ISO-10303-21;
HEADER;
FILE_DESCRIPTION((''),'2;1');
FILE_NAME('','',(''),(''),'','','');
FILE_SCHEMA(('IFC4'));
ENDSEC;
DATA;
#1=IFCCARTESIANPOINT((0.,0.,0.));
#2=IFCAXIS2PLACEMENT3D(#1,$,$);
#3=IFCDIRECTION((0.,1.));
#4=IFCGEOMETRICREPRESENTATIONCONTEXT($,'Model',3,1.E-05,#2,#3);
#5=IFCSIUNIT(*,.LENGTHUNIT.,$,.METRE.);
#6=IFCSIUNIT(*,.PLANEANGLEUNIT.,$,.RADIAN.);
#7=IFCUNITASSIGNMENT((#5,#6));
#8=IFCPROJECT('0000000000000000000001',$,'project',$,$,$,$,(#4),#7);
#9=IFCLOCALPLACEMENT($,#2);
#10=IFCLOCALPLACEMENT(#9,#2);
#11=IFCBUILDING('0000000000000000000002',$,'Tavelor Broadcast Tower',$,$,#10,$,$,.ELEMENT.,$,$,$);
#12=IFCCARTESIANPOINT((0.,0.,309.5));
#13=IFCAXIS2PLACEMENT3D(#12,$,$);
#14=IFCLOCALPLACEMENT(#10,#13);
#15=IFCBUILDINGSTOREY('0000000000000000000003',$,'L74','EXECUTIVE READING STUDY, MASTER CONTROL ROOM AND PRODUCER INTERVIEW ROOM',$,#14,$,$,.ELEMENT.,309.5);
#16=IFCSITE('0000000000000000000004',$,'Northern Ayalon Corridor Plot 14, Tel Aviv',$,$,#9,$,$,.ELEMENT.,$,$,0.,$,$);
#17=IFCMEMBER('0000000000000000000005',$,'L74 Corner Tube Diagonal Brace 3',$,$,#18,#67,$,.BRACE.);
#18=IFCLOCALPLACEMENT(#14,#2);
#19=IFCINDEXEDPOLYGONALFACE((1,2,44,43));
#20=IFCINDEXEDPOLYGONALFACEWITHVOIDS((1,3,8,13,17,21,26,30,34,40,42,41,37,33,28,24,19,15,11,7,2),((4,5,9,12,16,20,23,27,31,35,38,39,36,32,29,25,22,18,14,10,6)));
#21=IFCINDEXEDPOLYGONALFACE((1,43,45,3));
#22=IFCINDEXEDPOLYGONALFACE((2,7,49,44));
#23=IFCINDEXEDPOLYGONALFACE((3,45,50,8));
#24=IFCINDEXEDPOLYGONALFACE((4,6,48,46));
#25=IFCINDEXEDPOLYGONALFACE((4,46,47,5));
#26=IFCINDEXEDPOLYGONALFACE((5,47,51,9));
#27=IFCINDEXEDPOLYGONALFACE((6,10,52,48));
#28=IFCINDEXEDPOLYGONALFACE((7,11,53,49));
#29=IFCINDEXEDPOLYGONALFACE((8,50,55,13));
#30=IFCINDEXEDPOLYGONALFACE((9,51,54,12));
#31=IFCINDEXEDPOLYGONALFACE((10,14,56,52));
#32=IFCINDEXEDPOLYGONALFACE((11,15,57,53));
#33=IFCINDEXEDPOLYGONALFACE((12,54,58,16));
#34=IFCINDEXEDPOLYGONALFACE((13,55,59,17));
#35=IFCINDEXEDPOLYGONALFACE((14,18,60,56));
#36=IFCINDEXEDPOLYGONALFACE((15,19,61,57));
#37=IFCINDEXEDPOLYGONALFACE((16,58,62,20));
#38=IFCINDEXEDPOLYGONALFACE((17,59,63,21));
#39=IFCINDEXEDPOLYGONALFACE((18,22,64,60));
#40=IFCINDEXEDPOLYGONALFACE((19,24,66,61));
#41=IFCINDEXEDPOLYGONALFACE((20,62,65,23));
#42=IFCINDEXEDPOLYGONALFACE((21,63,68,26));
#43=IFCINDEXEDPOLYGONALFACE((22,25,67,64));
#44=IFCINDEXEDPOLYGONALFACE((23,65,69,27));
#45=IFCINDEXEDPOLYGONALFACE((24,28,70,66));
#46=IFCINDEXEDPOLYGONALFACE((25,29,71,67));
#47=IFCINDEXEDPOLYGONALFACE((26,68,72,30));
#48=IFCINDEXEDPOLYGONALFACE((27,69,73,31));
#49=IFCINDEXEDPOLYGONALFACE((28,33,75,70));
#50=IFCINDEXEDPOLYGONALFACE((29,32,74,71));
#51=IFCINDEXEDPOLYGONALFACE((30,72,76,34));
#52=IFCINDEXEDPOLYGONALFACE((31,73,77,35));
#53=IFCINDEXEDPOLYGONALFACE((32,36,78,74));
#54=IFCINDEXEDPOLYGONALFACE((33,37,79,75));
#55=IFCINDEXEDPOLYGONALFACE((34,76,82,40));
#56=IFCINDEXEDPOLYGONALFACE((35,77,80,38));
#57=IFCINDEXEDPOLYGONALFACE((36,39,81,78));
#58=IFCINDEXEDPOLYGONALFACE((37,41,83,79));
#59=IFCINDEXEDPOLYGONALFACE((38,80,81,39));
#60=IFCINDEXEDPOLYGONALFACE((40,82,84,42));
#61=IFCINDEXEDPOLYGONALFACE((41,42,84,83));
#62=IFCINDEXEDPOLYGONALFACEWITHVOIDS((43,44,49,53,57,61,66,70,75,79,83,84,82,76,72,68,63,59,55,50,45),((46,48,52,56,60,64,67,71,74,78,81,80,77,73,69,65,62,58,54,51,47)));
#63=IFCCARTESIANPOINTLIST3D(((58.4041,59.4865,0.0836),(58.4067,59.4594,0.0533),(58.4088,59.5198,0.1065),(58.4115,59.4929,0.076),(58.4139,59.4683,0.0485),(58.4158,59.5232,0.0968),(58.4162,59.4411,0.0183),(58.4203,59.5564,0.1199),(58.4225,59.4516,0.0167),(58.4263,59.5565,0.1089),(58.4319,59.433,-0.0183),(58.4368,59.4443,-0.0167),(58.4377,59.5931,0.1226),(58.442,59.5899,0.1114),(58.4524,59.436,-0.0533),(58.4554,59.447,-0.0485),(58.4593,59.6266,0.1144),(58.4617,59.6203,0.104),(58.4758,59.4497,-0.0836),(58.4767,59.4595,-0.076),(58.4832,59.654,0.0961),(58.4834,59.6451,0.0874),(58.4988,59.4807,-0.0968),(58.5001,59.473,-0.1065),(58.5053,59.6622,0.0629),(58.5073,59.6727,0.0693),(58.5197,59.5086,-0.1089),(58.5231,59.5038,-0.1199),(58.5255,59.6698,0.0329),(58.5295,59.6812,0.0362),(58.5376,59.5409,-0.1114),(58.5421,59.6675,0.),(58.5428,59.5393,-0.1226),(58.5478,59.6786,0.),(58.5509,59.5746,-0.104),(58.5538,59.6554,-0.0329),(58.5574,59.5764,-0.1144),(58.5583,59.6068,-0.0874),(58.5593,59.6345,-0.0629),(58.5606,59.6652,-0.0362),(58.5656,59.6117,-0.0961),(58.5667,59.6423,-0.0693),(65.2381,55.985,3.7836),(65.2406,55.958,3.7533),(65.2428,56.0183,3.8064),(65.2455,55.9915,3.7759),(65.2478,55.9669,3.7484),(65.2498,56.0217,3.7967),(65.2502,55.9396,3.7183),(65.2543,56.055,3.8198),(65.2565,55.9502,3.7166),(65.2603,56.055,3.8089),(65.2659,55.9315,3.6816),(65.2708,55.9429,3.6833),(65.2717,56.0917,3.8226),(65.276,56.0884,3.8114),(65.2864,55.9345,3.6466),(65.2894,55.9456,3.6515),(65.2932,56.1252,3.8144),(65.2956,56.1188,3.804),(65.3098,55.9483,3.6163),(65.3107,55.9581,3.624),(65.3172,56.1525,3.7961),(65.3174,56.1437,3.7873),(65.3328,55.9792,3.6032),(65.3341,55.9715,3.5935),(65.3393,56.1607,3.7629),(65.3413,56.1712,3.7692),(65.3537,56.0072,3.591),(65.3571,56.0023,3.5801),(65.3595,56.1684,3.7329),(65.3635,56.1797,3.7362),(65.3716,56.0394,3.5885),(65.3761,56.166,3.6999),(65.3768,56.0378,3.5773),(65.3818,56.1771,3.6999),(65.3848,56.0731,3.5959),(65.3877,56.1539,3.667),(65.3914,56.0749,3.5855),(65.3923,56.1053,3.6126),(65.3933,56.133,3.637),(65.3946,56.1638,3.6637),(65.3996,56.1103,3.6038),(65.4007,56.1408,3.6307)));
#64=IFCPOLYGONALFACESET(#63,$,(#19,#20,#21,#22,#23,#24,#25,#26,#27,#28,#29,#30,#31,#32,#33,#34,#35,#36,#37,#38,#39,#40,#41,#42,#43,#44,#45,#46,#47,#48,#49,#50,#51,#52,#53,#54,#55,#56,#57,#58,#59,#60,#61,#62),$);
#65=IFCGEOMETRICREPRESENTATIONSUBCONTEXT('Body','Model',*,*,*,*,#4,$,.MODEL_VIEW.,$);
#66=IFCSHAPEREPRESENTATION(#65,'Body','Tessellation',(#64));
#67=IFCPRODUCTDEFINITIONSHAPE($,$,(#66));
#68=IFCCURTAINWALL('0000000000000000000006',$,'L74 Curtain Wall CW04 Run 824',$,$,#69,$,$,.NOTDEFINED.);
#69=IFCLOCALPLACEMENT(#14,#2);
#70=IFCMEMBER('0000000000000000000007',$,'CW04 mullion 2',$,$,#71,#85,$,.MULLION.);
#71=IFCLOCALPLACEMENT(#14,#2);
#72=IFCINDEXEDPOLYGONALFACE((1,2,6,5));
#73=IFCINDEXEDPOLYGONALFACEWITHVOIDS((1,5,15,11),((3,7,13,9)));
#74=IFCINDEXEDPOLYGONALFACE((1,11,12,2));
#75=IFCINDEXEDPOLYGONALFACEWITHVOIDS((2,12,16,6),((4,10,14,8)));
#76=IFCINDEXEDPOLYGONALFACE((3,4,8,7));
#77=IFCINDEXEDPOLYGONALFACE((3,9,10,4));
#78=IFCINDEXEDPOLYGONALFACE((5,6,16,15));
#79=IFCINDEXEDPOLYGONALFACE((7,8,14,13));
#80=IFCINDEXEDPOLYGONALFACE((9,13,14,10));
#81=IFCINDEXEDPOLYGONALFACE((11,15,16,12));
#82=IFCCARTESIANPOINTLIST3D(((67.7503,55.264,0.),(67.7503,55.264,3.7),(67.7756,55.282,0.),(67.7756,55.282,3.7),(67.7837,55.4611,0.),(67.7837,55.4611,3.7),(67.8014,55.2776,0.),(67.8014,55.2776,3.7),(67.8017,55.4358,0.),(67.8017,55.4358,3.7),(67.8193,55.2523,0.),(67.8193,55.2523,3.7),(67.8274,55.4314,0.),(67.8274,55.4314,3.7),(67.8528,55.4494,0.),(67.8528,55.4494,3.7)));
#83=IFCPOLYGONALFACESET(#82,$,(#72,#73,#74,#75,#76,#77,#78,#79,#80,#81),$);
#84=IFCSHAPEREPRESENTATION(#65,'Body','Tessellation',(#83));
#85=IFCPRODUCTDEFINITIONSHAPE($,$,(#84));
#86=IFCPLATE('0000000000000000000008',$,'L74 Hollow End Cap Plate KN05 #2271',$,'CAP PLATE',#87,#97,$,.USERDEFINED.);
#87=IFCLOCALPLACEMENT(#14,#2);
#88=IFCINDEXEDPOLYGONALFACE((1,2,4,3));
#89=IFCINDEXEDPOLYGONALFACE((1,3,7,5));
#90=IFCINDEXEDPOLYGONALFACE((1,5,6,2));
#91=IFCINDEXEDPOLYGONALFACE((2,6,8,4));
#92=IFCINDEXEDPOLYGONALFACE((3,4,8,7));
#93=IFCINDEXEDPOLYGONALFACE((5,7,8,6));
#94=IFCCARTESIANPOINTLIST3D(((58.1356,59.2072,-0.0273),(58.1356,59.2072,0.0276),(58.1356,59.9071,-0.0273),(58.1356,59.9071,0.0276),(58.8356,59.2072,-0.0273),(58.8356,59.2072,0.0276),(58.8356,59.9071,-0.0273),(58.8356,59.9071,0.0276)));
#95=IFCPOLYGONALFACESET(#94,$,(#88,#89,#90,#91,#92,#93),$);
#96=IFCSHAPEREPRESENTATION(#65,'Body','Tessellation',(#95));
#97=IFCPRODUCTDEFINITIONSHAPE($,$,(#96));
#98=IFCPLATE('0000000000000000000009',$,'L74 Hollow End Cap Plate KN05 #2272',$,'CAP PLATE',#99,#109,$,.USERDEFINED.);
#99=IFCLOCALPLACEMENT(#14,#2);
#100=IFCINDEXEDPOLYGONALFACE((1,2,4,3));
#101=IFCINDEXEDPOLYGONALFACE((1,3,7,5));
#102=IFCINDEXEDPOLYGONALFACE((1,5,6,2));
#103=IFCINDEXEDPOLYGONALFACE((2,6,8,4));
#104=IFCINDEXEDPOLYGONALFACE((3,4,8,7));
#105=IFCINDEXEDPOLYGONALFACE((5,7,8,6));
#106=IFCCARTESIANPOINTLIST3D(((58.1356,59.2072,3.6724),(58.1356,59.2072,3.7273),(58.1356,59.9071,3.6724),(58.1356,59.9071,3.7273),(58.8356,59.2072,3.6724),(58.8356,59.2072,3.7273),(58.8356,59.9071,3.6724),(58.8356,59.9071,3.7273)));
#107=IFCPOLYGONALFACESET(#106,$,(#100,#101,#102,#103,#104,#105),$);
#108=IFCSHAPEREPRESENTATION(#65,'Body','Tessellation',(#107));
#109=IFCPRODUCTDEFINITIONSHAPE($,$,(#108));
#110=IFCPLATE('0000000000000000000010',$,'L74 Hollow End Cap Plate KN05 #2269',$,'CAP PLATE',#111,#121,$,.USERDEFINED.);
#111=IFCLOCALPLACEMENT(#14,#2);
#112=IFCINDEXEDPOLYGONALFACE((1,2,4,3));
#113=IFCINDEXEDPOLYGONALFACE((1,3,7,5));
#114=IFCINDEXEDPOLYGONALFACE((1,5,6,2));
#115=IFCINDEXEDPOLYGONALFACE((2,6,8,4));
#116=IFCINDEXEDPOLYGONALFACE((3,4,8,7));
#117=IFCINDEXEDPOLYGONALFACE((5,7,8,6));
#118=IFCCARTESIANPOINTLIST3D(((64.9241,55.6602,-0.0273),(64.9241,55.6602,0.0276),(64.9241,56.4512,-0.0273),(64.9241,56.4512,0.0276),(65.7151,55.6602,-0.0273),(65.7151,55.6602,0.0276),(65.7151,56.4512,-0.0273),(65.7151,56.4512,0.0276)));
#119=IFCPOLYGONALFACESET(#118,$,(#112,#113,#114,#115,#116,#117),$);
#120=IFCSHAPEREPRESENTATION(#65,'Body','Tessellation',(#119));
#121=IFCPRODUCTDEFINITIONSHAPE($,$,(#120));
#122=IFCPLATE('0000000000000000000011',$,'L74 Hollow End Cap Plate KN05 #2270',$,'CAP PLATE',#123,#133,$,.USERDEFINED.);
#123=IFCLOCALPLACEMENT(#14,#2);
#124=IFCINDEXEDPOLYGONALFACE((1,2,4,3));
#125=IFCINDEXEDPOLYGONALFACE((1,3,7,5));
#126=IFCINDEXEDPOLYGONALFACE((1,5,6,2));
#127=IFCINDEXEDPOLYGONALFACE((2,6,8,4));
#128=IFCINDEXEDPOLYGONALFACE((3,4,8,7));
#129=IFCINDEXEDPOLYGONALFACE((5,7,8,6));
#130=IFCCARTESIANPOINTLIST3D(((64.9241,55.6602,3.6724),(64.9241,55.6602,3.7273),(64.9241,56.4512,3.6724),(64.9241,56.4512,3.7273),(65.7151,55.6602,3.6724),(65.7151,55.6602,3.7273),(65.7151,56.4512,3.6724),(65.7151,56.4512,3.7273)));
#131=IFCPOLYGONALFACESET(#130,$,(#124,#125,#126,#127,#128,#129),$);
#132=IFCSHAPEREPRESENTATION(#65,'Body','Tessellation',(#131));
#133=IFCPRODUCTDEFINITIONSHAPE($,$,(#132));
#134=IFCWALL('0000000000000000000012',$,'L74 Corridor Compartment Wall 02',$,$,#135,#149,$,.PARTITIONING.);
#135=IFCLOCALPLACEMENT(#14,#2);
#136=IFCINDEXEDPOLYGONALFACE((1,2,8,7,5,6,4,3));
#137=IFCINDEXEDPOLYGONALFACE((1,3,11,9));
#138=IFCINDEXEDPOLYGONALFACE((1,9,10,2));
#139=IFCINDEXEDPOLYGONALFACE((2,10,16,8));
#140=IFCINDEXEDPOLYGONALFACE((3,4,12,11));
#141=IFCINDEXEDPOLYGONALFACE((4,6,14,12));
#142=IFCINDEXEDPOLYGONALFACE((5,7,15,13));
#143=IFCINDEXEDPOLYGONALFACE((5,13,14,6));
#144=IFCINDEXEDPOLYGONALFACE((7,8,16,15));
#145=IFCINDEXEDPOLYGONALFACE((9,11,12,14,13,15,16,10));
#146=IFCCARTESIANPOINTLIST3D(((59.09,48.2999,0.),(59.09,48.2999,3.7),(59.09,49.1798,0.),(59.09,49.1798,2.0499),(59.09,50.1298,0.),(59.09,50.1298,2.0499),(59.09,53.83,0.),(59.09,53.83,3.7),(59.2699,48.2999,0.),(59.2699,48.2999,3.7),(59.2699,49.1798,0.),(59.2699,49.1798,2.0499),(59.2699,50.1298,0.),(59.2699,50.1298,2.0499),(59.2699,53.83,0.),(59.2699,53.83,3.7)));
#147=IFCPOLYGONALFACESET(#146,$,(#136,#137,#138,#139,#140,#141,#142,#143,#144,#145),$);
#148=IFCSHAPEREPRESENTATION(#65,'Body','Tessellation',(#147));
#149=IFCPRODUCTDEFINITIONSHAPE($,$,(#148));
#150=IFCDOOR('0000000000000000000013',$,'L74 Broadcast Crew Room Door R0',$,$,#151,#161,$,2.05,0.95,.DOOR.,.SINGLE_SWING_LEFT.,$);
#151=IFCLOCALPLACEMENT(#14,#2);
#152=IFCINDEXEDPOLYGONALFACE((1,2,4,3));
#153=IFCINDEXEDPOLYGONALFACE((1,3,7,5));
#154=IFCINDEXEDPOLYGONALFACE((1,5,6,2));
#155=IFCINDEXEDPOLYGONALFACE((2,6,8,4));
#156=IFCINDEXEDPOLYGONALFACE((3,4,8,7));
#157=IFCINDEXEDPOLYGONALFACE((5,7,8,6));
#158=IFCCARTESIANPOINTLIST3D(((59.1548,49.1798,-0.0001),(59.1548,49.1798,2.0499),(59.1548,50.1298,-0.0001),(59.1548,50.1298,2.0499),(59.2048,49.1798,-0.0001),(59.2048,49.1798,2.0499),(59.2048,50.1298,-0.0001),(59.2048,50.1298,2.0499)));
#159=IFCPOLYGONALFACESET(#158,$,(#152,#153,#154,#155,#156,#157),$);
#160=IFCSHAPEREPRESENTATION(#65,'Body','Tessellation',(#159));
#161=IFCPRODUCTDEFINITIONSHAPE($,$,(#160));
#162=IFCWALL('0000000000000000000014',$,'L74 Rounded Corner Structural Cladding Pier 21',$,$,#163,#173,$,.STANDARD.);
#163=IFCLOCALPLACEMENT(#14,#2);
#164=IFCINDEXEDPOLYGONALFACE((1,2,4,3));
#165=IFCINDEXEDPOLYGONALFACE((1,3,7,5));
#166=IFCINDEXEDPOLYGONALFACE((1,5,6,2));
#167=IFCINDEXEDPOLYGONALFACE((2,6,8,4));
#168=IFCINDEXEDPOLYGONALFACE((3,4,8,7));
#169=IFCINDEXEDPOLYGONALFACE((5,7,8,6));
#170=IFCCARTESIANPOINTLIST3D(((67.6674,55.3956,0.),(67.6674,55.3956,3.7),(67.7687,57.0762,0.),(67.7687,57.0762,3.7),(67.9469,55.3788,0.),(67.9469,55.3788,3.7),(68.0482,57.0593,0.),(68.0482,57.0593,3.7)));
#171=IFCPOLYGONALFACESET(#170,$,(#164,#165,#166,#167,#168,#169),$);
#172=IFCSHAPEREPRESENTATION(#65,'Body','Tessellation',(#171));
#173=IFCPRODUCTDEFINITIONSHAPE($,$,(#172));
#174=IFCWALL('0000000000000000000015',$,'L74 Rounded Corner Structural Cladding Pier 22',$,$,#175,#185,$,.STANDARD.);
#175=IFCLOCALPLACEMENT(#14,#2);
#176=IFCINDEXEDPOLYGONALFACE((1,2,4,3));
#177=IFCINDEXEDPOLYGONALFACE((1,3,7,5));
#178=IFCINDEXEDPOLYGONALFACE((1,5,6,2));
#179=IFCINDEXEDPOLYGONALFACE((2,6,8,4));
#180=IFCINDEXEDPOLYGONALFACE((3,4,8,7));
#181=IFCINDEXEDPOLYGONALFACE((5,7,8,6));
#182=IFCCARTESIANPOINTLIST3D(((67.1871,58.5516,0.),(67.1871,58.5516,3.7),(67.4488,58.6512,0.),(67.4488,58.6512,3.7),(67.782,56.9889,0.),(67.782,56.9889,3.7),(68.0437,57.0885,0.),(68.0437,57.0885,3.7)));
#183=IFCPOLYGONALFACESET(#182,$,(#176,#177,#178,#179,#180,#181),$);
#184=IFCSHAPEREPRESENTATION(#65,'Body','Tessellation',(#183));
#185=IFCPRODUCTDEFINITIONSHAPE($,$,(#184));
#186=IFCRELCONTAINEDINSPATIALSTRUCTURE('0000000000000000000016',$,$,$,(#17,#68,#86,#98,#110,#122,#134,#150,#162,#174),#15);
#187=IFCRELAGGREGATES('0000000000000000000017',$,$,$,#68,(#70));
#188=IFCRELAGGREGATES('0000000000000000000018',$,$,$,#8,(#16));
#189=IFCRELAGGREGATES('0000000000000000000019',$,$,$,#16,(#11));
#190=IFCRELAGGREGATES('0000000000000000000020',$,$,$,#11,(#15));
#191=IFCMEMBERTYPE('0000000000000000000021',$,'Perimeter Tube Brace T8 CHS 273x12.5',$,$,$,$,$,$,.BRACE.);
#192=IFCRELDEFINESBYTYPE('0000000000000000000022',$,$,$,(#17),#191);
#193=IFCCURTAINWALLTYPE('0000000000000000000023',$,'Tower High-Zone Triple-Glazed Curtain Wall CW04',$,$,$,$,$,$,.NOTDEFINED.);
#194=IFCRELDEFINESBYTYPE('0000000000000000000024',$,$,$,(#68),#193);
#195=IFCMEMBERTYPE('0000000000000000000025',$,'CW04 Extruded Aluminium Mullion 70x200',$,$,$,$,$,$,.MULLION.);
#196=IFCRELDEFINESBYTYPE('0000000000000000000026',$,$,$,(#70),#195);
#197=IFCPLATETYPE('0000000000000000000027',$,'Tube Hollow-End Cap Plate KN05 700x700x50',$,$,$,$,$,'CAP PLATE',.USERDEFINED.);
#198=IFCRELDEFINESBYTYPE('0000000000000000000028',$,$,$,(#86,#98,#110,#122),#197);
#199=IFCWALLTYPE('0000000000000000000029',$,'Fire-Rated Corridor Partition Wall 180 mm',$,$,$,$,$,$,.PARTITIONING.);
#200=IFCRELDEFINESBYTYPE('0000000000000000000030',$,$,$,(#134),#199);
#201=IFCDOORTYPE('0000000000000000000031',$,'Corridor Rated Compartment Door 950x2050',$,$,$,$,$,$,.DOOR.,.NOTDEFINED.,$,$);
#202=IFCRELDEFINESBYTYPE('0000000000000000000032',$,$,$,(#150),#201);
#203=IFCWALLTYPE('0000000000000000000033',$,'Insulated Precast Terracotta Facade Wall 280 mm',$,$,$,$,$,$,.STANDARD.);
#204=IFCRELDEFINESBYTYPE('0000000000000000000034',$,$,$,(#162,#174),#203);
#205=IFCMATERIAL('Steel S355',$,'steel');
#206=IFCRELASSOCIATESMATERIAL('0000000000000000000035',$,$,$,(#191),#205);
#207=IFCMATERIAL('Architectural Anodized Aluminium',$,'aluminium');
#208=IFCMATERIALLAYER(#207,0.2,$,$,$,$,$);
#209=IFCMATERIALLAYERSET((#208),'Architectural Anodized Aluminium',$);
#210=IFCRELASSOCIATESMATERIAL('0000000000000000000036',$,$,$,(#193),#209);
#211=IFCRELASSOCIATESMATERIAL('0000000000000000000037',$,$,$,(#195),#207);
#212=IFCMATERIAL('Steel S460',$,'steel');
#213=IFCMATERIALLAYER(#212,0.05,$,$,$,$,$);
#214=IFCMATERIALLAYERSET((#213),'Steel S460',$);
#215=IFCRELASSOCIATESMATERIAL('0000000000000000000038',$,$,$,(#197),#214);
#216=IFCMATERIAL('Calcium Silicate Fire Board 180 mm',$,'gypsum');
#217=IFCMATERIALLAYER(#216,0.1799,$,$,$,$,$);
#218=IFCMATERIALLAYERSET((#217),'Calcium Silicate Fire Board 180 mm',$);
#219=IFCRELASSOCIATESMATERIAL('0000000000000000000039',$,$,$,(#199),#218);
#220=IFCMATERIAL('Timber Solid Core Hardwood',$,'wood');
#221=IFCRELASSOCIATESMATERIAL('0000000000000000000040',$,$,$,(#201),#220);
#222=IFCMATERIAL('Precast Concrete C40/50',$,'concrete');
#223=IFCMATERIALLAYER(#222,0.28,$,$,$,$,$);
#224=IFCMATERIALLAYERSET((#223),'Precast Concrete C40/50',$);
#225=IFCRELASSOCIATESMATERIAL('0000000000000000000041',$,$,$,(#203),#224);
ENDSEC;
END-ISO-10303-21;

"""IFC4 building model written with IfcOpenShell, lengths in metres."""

from ifc_helpers import new_model, si_unit, direction, frame, frame_2d, origin, origin_2d, place, context, subcontext, project, spatial, rectangle, hollow_rectangle, hollow_circle, extrude, source, transform, mapped, material, layer, layer_set, material_profile, profile_set, type_object, type_shapes, element, fill, aggregate, save


model = new_model("IFC4")

# Units and contexts
model_context = context("Model", 3, precision=1e-05, world=origin(), true_north=direction((0.0, 1.0)))
body_context = subcontext(model_context, "Body", "Model", "MODEL_VIEW")
ifc_project = project(units=[si_unit("LENGTHUNIT", "METRE"), si_unit("PLANEANGLEUNIT", "RADIAN")], contexts=[model_context])

# Site, building, storey
site_placement = place(None, origin())
site = spatial("IfcSite", under=ifc_project, at=site_placement, Name="Northern Ayalon Corridor Plot 14, Tel Aviv", CompositionType="ELEMENT", RefElevation=0.0)
building_placement = place(site_placement, origin())
building = spatial("IfcBuilding", under=site, at=building_placement, Name="Tavelor Broadcast Tower", CompositionType="ELEMENT")
storey_placement = place(building_placement, frame((0.0, 0.0, 309.5)))
storey = spatial("IfcBuildingStorey", under=building, at=storey_placement, Name="L74", Description="EXECUTIVE READING STUDY, MASTER CONTROL ROOM AND PRODUCER INTERVIEW ROOM", CompositionType="ELEMENT", Elevation=309.5)

# Shared definitions
ifc_material_1 = material(Name="Steel S460", Category="steel")

# Shared definitions
ifc_material_2 = material(Name="Steel S355", Category="steel")

# Member
ifc_material_profile_1 = material_profile(ifc_material_2, hollow_circle(Radius=0.1365, WallThickness=0.0125, at=origin_2d()), Name="CHS 273x12.5")
ifc_profile_set_1 = profile_set([ifc_material_profile_1], Name="Steel S355")
member_type_1 = type_object("IfcMemberType", Name="Perimeter Tube Brace T8 CHS 273x12.5", PredefinedType="BRACE", material=ifc_profile_set_1)
member_1_placement = place(storey_placement, frame((58.4856, 59.5571, 0.0), z_axis=(0.801764, -0.410792, 0.434079), x_axis=(0.455993, 0.889984, 0.0)))
element("IfcMember", 1, at=member_1_placement, inside=storey, type_object=member_type_1, Name="L74 Corner Tube Diagonal Brace 3", PredefinedType="BRACE", context=body_context, shape_type="SweptSolid", body=[
    extrude(hollow_circle(Radius=0.1365, WallThickness=0.0125, at=origin_2d()), origin(), (0.0, 0.0, 1.0), 8.5237),
])

# Curtain wall, member
ifc_material_3 = material(Name="Architectural Anodized Aluminium", Category="aluminium")
ifc_layer_1 = layer(ifc_material_3, 0.2)
ifc_layer_set_1 = layer_set([ifc_layer_1], Name="Architectural Anodized Aluminium")
curtain_wall_type = type_object("IfcCurtainWallType", Name="Tower High-Zone Triple-Glazed Curtain Wall CW04", PredefinedType="NOTDEFINED", material=ifc_layer_set_1)
curtain_wall_placement = place(storey_placement, origin())
curtain_wall = element("IfcCurtainWall", 2, at=curtain_wall_placement, inside=storey, type_object=curtain_wall_type, Name="L74 Curtain Wall CW04 Run 824", PredefinedType="NOTDEFINED")
ifc_material_profile_2 = material_profile(ifc_material_3, hollow_rectangle(XDim=0.0701, YDim=0.2, WallThickness=0.022, at=origin_2d()), Name="RHS 70x200x22")
ifc_profile_set_2 = profile_set([ifc_material_profile_2], Name="Architectural Anodized Aluminium")
member_type_2 = type_object("IfcMemberType", Name="CW04 Extruded Aluminium Mullion 70x200", PredefinedType="MULLION", material=ifc_profile_set_2)
shared_shape_1 = source(origin(), body_context, "Body", "SweptSolid", [
    extrude(hollow_rectangle(XDim=0.0701, YDim=0.2, WallThickness=0.022, at=origin_2d()), origin(), (0.0, 0.0, 1.0), 3.7),
])
type_shapes(member_type_2, [shared_shape_1])
member_2_placement = place(storey_placement, frame((67.8015, 55.3567, 0.0), z_axis=(0.0, 0.0, 1.0), x_axis=(-0.985927, 0.167175, 0.0)))
member_2 = element("IfcMember", 3, at=member_2_placement, type_object=member_type_2, Name="CW04 mullion 2", PredefinedType="MULLION", context=body_context, shape_type="MappedRepresentation", body=[
    mapped(shared_shape_1, transform((0.0, 0.0, 0.0), scale=1.0)),
])
aggregate(curtain_wall, [member_2])

# Plates
ifc_layer_2 = layer(ifc_material_1, 0.05)
ifc_layer_set_2 = layer_set([ifc_layer_2], Name="Steel S460")
plate_type = type_object("IfcPlateType", Name="Tube Hollow-End Cap Plate KN05 700x700x50", ElementType="CAP PLATE", PredefinedType="USERDEFINED", material=ifc_layer_set_2)
shared_shape_2 = source(origin(), body_context, "Body", "SweptSolid", [
    extrude(rectangle(XDim=0.7, YDim=0.7, at=origin_2d()), origin(), (0.0, 0.0, 1.0), 0.0549),
])
for number, where, z_axis, x_axis, name in (
    (4, (58.4856, 59.5571, -0.0273), (0.0, 0.0, 1.0), (1.0, 0.0, 0.0), "L74 Hollow End Cap Plate KN05 #2271"),
    (5, (58.4856, 59.5571, 3.6724), (0.0, 0.0, 1.0), (1.0, 0.0, 0.0), "L74 Hollow End Cap Plate KN05 #2272"),
):
    element("IfcPlate", number, at=place(storey_placement, frame(where, z_axis=z_axis, x_axis=x_axis)), inside=storey, type_object=plate_type, Name=name, ObjectType="CAP PLATE", PredefinedType="USERDEFINED", context=body_context, shape_type="MappedRepresentation", body=[
        mapped(shared_shape_2, transform((0.0, 0.0, 0.0), scale=1.0)),
    ])
shared_shape_3 = source(origin(), body_context, "Body", "SweptSolid", [
    extrude(rectangle(XDim=0.791, YDim=0.791, at=origin_2d()), origin(), (0.0, 0.0, 1.0), 0.0549),
])
type_shapes(plate_type, [shared_shape_2, shared_shape_3])
for number, where, z_axis, x_axis, name in (
    (6, (65.3196, 56.0557, -0.0273), (0.0, 0.0, 1.0), (1.0, 0.0, 0.0), "L74 Hollow End Cap Plate KN05 #2269"),
    (7, (65.3196, 56.0557, 3.6724), (0.0, 0.0, 1.0), (1.0, 0.0, 0.0), "L74 Hollow End Cap Plate KN05 #2270"),
):
    element("IfcPlate", number, at=place(storey_placement, frame(where, z_axis=z_axis, x_axis=x_axis)), inside=storey, type_object=plate_type, Name=name, ObjectType="CAP PLATE", PredefinedType="USERDEFINED", context=body_context, shape_type="MappedRepresentation", body=[
        mapped(shared_shape_3, transform((0.0, 0.0, 0.0), scale=1.0)),
    ])

# Wall, opening, door
ifc_material_4 = material(Name="Calcium Silicate Fire Board 180 mm", Category="gypsum")
ifc_layer_3 = layer(ifc_material_4, 0.1799)
ifc_layer_set_3 = layer_set([ifc_layer_3], Name="Calcium Silicate Fire Board 180 mm")
wall_type_1 = type_object("IfcWallType", Name="Fire-Rated Corridor Partition Wall 180 mm", PredefinedType="PARTITIONING", material=ifc_layer_set_3)
wall_1_placement = place(storey_placement, frame((59.1799, 53.8301, 0.0), z_axis=(0.0, 0.0, 1.0), x_axis=(0.0, -1.0, 0.0)))
wall_1 = element("IfcWall", 8, at=wall_1_placement, inside=storey, type_object=wall_type_1, Name="L74 Corridor Compartment Wall 02", PredefinedType="PARTITIONING", context=body_context, shape_type="SweptSolid", body=[
    extrude(rectangle(XDim=5.53, YDim=0.1799, at=frame_2d((2.7651, 0.0))), origin(), (0.0, 0.0, 1.0), 3.7),
])
opening_placement = place(wall_1_placement, frame((3.7002, 0.0, 0.0)))
opening = element("IfcOpeningElement", 9, at=opening_placement, cuts=wall_1, PredefinedType="OPENING", context=body_context, shape_type="SweptSolid", body=[
    extrude(rectangle(XDim=0.95, YDim=2.05, at=frame_2d((0.4751, 1.0249))), frame((0.0, 0.1001, 0.0), z_axis=(0.0, -1.0, 0.0), x_axis=(1.0, 0.0, 0.0)), (0.0, 0.0, 1.0), 0.2),
])
ifc_material_5 = material(Name="Timber Solid Core Hardwood", Category="wood")
door_type = type_object("IfcDoorType", Name="Corridor Rated Compartment Door 950x2050", OperationType="NOTDEFINED", PredefinedType="DOOR", material=ifc_material_5)
door_placement = place(opening_placement, origin())
door = element("IfcDoor", 10, at=door_placement, inside=storey, type_object=door_type, Name="L74 Broadcast Crew Room Door R0", OperationType="SINGLE_SWING_LEFT", OverallHeight=2.05, OverallWidth=0.95, PredefinedType="DOOR", context=body_context, shape_type="SweptSolid", body=[
    extrude(rectangle(XDim=0.95, YDim=2.05, at=frame_2d((0.4751, 1.0249))), frame((0.0, 0.0249, 0.0), z_axis=(0.0, -1.0, 0.0), x_axis=(1.0, 0.0, 0.0)), (0.0, 0.0, 1.0), 0.05),
])
fill(opening, door)

# Walls
ifc_material_6 = material(Name="Precast Concrete C40/50", Category="concrete")
ifc_layer_4 = layer(ifc_material_6, 0.28)
ifc_layer_set_4 = layer_set([ifc_layer_4], Name="Precast Concrete C40/50")
wall_type_2 = type_object("IfcWallType", Name="Insulated Precast Terracotta Facade Wall 280 mm", PredefinedType="STANDARD", material=ifc_layer_set_4)
wall_2_placement = place(storey_placement, frame((67.8071, 55.3872, 0.0), z_axis=(0.0, 0.0, 1.0), x_axis=(0.060175, 0.998188, 0.0)))
element("IfcWall", 11, at=wall_2_placement, inside=storey, type_object=wall_type_2, Name="L74 Rounded Corner Structural Cladding Pier 21", PredefinedType="STANDARD", context=body_context, shape_type="SweptSolid", body=[
    extrude(rectangle(XDim=1.6836, YDim=0.28, at=frame_2d((0.8418, 0.0))), origin(), (0.0, 0.0, 1.0), 3.7),
])
wall_3_placement = place(storey_placement, frame((67.9128, 57.0388, 0.0), z_axis=(0.0, 0.0, 1.0), x_axis=(-0.355807, 0.934559, 0.0)))
element("IfcWall", 12, at=wall_3_placement, inside=storey, type_object=wall_type_2, Name="L74 Rounded Corner Structural Cladding Pier 22", PredefinedType="STANDARD", context=body_context, shape_type="SweptSolid", body=[
    extrude(rectangle(XDim=1.6721, YDim=0.28, at=frame_2d((0.8359, 0.0))), origin(), (0.0, 0.0, 1.0), 3.7),
])

save(model, "model.ifc")
